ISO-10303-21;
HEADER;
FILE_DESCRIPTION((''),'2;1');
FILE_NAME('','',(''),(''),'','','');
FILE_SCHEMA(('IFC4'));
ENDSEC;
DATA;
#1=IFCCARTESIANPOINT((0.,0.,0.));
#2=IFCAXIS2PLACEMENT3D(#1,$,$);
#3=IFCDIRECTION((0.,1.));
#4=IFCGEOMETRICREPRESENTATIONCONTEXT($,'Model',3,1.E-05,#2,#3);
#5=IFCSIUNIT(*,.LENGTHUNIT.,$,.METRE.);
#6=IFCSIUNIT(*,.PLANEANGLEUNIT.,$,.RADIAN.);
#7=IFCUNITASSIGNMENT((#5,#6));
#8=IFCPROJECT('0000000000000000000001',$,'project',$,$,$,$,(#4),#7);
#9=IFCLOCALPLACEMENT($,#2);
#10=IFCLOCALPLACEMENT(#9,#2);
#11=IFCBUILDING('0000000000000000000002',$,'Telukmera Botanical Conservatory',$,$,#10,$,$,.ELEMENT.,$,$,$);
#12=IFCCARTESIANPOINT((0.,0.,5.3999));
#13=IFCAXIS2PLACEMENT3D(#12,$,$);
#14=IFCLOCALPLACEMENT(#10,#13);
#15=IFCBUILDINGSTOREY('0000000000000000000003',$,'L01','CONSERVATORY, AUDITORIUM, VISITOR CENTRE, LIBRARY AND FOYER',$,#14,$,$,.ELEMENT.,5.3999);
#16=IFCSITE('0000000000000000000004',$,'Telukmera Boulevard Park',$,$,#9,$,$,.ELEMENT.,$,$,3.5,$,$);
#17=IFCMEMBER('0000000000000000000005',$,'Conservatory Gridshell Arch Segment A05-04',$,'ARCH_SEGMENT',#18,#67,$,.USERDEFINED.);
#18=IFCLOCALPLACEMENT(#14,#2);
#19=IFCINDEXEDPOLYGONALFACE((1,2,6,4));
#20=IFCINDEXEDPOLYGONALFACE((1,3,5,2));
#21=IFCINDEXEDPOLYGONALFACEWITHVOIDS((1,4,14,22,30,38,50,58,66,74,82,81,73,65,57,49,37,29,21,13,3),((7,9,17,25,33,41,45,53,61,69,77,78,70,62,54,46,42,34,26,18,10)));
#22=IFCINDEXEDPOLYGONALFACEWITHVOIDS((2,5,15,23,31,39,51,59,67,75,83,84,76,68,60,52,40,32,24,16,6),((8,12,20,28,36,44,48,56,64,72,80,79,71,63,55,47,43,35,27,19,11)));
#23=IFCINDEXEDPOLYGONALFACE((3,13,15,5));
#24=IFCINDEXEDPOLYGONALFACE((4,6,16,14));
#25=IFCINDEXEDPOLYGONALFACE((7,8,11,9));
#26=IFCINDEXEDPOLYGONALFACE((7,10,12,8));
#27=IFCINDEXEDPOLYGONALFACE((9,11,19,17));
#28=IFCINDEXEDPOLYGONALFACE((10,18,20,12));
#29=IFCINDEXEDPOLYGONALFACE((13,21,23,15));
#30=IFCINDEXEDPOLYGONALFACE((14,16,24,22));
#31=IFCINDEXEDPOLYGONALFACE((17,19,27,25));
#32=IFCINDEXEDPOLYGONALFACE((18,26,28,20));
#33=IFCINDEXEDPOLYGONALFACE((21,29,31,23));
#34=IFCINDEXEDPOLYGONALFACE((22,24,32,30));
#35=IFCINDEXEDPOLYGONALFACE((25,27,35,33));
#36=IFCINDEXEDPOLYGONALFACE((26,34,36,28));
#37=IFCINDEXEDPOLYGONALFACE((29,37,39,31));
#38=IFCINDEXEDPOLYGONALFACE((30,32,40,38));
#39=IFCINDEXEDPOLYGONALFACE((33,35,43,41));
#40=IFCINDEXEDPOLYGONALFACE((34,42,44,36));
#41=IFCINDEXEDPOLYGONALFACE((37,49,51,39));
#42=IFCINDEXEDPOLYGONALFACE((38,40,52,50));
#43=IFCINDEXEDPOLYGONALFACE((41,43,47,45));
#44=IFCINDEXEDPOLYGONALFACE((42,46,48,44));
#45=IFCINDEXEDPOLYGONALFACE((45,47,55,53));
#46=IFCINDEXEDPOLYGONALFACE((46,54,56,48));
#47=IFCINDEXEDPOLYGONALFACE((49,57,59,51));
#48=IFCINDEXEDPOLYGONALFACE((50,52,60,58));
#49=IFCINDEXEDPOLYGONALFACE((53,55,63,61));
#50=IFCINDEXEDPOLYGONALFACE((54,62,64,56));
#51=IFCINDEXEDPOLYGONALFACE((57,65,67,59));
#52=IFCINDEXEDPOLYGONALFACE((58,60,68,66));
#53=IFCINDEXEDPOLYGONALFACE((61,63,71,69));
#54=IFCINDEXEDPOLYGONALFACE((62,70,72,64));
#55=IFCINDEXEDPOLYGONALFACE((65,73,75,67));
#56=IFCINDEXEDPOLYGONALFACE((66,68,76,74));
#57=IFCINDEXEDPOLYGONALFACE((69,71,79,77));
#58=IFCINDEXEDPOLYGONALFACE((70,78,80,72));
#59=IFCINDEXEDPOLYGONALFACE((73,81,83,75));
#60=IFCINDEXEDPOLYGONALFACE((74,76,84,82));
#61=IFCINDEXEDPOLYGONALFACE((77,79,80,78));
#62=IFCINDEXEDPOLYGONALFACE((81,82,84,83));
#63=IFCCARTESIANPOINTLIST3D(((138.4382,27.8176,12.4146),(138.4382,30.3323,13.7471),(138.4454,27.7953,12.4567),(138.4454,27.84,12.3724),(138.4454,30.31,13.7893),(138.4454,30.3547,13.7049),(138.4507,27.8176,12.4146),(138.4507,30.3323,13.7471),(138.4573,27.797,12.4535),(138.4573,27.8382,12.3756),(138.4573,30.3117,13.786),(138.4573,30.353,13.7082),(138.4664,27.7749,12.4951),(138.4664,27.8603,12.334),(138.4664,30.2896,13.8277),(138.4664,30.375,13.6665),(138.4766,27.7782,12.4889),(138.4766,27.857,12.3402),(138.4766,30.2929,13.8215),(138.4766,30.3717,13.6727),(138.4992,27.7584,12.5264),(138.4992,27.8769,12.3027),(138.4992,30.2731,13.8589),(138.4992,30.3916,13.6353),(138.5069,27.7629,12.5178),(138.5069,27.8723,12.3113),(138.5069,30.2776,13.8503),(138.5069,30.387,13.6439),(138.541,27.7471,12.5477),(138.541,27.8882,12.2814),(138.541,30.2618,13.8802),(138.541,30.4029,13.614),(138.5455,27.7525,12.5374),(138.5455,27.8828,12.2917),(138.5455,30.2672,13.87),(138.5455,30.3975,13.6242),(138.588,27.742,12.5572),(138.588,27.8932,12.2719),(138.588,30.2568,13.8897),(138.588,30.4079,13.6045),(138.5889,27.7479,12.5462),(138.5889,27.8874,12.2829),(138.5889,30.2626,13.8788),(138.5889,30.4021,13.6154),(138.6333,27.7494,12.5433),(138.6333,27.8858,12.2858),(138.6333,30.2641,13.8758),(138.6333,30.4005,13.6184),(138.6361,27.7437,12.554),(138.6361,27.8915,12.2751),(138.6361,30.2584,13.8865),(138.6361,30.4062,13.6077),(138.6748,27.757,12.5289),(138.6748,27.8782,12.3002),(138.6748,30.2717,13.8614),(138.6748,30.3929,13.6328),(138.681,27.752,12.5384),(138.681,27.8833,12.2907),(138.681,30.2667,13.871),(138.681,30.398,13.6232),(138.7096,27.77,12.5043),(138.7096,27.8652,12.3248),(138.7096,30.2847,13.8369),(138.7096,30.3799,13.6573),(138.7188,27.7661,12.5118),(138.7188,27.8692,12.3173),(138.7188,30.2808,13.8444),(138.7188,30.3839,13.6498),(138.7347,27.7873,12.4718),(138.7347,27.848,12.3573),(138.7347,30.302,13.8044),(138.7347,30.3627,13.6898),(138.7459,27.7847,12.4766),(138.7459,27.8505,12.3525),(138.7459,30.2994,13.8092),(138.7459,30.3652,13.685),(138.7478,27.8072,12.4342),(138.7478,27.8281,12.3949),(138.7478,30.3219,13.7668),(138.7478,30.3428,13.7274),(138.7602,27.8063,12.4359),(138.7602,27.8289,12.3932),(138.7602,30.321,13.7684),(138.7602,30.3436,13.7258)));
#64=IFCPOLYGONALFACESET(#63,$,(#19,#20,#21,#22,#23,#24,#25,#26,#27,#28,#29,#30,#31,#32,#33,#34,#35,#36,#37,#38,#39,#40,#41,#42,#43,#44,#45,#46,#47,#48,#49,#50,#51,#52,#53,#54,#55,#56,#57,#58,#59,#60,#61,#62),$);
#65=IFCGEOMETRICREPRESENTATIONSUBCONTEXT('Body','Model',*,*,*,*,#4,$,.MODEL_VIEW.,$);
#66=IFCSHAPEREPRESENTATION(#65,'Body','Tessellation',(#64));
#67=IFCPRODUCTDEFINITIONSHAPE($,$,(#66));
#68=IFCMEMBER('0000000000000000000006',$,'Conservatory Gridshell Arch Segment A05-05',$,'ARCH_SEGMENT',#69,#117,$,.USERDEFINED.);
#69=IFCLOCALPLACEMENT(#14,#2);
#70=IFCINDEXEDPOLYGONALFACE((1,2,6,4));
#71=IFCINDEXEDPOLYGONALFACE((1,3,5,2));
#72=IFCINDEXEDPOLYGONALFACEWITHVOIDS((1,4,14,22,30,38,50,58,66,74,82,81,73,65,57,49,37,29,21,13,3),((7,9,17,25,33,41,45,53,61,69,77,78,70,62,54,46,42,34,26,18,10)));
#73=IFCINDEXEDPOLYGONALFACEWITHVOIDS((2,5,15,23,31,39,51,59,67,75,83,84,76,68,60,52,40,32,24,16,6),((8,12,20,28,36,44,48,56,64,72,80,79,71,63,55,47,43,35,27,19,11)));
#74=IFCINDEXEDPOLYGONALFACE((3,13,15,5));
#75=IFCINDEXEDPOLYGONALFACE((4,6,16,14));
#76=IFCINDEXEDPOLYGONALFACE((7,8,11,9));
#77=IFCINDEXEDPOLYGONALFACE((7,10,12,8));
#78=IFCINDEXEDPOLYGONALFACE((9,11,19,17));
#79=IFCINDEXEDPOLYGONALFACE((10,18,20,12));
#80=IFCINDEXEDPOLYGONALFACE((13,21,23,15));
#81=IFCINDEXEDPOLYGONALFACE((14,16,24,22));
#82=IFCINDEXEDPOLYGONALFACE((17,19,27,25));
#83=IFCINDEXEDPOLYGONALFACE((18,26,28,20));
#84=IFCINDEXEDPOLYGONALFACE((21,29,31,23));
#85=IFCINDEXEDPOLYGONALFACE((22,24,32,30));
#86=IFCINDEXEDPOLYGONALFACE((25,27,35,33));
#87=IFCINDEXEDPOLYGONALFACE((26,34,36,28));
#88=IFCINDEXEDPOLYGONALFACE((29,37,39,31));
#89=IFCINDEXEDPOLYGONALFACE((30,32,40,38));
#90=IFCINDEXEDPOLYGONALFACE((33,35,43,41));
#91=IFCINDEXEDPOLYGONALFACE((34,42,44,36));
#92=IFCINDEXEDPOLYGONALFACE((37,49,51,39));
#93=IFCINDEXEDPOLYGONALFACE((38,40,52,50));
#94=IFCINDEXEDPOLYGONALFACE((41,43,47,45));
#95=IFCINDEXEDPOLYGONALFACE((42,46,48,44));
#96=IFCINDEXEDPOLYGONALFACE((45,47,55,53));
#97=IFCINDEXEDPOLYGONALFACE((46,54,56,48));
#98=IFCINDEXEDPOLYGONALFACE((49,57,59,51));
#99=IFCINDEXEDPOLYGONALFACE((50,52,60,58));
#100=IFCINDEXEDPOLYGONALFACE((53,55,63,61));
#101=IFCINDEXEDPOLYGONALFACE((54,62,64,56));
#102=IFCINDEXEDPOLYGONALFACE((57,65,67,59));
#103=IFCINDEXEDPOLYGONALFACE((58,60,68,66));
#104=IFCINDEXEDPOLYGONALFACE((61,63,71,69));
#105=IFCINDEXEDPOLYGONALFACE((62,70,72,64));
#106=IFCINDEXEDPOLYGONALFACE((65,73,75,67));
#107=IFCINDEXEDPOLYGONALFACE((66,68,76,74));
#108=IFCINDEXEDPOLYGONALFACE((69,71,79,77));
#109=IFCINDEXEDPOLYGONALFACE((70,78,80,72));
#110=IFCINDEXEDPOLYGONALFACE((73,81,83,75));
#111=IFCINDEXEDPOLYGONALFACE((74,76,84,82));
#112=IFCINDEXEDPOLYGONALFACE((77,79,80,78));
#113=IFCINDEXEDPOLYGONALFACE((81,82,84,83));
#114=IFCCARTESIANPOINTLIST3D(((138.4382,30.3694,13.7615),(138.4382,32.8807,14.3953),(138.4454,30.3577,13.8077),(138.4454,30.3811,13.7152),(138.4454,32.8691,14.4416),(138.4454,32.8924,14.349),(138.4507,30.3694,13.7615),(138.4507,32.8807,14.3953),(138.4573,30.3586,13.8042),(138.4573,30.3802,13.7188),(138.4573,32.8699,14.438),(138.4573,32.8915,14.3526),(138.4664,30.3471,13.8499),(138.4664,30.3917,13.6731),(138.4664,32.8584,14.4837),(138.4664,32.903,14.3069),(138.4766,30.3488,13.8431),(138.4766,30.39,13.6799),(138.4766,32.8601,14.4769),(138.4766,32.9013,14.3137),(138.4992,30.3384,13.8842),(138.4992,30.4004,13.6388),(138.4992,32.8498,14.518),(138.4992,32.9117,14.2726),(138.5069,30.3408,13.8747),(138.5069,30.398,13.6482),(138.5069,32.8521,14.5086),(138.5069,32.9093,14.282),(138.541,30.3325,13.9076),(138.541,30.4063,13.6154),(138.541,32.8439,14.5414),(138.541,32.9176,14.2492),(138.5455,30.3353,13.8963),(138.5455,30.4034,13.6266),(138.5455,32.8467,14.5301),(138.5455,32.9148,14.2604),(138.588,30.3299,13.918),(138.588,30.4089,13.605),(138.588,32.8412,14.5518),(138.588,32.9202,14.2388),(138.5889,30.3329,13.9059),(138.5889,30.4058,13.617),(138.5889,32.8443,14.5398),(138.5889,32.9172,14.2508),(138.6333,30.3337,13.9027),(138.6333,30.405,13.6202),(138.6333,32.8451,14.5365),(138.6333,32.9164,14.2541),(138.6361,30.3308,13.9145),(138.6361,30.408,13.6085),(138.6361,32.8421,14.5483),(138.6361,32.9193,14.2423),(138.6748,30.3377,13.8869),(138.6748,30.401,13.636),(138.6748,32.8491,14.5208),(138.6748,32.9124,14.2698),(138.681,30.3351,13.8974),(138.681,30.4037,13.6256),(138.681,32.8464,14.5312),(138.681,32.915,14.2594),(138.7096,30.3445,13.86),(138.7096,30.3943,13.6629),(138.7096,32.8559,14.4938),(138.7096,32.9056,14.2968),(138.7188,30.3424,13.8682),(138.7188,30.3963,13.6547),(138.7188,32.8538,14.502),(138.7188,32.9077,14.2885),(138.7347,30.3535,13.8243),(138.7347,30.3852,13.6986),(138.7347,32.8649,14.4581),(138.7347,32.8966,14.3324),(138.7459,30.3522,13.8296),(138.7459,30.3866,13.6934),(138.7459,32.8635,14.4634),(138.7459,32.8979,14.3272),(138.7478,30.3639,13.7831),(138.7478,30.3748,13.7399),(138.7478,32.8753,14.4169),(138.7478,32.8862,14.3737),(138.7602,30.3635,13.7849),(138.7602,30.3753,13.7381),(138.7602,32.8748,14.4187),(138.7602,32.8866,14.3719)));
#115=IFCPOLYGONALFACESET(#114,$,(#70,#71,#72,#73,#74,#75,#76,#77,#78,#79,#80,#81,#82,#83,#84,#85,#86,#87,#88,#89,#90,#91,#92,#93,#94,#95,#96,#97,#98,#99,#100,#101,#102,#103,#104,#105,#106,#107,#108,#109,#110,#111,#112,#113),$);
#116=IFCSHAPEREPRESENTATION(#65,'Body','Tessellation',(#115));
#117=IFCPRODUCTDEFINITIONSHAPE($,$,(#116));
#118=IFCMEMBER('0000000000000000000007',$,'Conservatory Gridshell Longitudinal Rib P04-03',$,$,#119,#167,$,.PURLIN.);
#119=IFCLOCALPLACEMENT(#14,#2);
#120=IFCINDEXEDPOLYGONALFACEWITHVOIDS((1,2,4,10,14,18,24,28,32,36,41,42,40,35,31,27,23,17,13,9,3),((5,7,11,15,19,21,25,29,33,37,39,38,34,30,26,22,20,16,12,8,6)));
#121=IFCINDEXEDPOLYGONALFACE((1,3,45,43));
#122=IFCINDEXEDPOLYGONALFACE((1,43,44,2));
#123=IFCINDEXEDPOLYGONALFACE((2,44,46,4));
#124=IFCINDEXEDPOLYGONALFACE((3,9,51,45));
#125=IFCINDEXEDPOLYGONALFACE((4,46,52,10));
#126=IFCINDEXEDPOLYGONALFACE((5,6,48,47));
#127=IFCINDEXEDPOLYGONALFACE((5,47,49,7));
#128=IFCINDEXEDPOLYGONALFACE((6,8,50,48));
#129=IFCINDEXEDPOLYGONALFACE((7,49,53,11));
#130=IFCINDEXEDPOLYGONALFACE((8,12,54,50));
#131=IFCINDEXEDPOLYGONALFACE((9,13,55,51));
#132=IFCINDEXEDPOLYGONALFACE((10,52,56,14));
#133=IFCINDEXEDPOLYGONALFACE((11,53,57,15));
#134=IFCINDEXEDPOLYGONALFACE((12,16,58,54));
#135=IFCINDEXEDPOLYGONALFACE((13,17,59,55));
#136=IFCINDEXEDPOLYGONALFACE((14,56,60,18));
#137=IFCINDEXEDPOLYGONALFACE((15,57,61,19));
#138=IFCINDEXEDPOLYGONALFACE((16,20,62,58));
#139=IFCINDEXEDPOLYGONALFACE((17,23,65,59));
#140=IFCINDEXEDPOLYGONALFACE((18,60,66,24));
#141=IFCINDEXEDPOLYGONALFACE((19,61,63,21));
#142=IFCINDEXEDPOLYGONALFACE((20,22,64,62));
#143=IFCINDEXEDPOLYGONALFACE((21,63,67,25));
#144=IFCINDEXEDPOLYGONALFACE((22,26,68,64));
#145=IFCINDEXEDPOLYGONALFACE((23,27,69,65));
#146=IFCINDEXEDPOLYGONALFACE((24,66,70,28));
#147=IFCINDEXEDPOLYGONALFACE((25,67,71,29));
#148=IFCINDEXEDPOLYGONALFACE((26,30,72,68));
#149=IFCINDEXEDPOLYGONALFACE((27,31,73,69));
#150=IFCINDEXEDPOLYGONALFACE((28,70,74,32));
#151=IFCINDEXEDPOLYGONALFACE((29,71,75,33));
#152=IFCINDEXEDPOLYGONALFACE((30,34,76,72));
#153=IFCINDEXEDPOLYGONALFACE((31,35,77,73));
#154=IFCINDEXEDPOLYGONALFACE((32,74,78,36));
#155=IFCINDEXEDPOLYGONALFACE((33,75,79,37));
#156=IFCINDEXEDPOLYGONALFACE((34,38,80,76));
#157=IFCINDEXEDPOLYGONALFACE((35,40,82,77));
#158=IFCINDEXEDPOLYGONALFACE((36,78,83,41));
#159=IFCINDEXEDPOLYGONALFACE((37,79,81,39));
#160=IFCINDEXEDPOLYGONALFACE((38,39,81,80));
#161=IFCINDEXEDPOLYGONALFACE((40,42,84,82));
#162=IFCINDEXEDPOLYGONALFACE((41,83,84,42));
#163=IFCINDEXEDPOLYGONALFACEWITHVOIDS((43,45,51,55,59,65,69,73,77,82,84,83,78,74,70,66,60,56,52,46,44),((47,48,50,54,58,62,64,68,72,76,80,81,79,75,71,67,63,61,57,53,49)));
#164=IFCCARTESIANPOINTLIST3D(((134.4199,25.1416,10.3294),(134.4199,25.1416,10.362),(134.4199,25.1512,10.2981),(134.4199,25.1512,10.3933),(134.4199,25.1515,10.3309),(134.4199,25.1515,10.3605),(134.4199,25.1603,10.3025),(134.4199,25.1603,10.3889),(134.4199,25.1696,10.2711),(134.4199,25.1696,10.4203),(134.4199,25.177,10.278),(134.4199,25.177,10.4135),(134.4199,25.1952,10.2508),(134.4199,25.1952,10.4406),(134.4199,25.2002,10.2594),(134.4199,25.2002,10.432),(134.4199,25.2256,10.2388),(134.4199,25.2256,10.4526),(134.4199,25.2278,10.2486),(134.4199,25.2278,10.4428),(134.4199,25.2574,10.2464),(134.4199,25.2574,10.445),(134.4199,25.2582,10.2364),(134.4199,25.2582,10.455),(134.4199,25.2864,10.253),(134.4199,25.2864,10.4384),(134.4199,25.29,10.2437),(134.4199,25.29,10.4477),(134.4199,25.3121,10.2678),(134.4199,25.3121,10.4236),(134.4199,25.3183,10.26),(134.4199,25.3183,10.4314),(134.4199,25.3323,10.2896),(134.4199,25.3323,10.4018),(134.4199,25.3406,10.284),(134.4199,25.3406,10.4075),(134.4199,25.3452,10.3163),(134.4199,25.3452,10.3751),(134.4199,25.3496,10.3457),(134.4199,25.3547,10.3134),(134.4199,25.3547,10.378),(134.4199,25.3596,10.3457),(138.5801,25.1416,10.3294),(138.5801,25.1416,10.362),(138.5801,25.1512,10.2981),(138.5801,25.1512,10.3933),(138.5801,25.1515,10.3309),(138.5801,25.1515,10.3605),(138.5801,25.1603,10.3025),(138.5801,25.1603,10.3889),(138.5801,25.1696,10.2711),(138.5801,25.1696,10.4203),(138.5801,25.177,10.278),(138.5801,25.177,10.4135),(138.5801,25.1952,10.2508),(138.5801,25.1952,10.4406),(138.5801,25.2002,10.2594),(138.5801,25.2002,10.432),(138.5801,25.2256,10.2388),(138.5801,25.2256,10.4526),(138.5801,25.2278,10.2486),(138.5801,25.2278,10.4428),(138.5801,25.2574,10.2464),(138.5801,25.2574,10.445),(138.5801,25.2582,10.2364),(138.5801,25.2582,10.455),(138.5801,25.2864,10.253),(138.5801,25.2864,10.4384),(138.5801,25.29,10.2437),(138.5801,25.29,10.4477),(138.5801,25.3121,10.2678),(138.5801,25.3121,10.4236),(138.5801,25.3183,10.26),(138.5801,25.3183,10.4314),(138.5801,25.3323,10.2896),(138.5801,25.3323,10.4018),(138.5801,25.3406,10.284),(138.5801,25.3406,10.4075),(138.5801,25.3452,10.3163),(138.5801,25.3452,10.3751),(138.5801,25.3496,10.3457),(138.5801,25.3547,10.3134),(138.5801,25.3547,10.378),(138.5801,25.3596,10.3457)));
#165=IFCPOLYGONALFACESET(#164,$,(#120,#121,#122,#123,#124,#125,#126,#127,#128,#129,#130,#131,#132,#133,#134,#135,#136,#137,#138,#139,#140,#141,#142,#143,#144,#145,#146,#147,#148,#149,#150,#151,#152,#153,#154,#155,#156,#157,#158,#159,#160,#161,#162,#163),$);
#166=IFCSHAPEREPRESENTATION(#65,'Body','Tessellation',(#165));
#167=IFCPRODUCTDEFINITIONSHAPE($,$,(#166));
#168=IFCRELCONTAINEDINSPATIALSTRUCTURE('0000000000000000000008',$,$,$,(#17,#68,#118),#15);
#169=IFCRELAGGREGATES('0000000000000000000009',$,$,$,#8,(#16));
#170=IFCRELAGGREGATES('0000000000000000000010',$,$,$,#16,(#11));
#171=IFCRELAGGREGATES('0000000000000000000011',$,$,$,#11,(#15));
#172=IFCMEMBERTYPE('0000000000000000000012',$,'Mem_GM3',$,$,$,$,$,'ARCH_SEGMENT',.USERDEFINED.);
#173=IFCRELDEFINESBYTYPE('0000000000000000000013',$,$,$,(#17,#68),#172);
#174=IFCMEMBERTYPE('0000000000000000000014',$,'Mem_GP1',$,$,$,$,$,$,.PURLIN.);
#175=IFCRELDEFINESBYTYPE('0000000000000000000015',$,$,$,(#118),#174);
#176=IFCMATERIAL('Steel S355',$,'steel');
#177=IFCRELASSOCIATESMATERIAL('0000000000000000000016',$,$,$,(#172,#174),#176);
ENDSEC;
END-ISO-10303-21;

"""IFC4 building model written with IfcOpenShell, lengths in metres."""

from ifc_helpers import new_model, si_unit, direction, frame, origin, origin_2d, place, context, subcontext, project, spatial, hollow_circle, extrude, material, material_profile, profile_set, type_object, element, save


model = new_model("IFC4")

# Units and contexts
model_context = context("Model", 3, precision=1e-05, world=origin(), true_north=direction((0.0, 1.0)))
body_context = subcontext(model_context, "Body", "Model", "MODEL_VIEW")
ifc_project = project(units=[si_unit("LENGTHUNIT", "METRE"), si_unit("PLANEANGLEUNIT", "RADIAN")], contexts=[model_context])

# Site, building, storey
site_placement = place(None, origin())
site = spatial("IfcSite", under=ifc_project, at=site_placement, Name="Telukmera Boulevard Park", CompositionType="ELEMENT", RefElevation=3.5)
building_placement = place(site_placement, origin())
building = spatial("IfcBuilding", under=site, at=building_placement, Name="Telukmera Botanical Conservatory", CompositionType="ELEMENT")
storey_placement = place(building_placement, frame((0.0, 0.0, 5.3999)))
storey = spatial("IfcBuildingStorey", under=building, at=storey_placement, Name="L01", Description="CONSERVATORY, AUDITORIUM, VISITOR CENTRE, LIBRARY AND FOYER", CompositionType="ELEMENT", Elevation=5.3999)

# Shared definitions
ifc_material = material(Name="Steel S355", Category="steel")

# Members
ifc_material_profile_1 = material_profile(ifc_material, hollow_circle(Radius=0.1619, WallThickness=0.0125, at=origin_2d()), Name="CHS 323.9x12.5")
ifc_profile_set_1 = profile_set([ifc_material_profile_1], Name="Steel S355")
member_type_1 = type_object("IfcMemberType", Name="Mem_GM3", ElementType="ARCH_SEGMENT", PredefinedType="USERDEFINED", material=ifc_profile_set_1)
member_1_placement = place(storey_placement, frame((138.6001, 27.8176, 12.4146), z_axis=(0.0, 0.883608, 0.468227), x_axis=(-1.0, 0.0, 0.0)))
element("IfcMember", 1, at=member_1_placement, inside=storey, type_object=member_type_1, Name="Conservatory Gridshell Arch Segment A05-04", ObjectType="ARCH_SEGMENT", PredefinedType="USERDEFINED", context=body_context, shape_type="SweptSolid", body=[
    extrude(hollow_circle(Radius=0.1619, WallThickness=0.0125, at=origin_2d()), origin(), (0.0, 0.0, 1.0), 2.8459),
])
member_2_placement = place(storey_placement, frame((138.6001, 30.3694, 13.7615), z_axis=(0.0, 0.969597, 0.244709), x_axis=(-1.0, 0.0, 0.0)))
element("IfcMember", 2, at=member_2_placement, inside=storey, type_object=member_type_1, Name="Conservatory Gridshell Arch Segment A05-05", ObjectType="ARCH_SEGMENT", PredefinedType="USERDEFINED", context=body_context, shape_type="SweptSolid", body=[
    extrude(hollow_circle(Radius=0.1619, WallThickness=0.0125, at=origin_2d()), origin(), (0.0, 0.0, 1.0), 2.5901),
])
ifc_material_profile_2 = material_profile(ifc_material, hollow_circle(Radius=0.1096, WallThickness=0.01, at=origin_2d()), Name="CHS 219.1x10.0")
ifc_profile_set_2 = profile_set([ifc_material_profile_2], Name="Steel S355")
member_type_2 = type_object("IfcMemberType", Name="Mem_GP1", PredefinedType="PURLIN", material=ifc_profile_set_2)
member_3_placement = place(storey_placement, frame((134.4199, 25.25, 10.3457), z_axis=(1.0, 0.0, 0.0), x_axis=(0.0, 1.0, 0.0)))
element("IfcMember", 3, at=member_3_placement, inside=storey, type_object=member_type_2, Name="Conservatory Gridshell Longitudinal Rib P04-03", PredefinedType="PURLIN", context=body_context, shape_type="SweptSolid", body=[
    extrude(hollow_circle(Radius=0.1096, WallThickness=0.01, at=origin_2d()), origin(), (0.0, 0.0, 1.0), 4.1602),
])

save(model, "model.ifc")
